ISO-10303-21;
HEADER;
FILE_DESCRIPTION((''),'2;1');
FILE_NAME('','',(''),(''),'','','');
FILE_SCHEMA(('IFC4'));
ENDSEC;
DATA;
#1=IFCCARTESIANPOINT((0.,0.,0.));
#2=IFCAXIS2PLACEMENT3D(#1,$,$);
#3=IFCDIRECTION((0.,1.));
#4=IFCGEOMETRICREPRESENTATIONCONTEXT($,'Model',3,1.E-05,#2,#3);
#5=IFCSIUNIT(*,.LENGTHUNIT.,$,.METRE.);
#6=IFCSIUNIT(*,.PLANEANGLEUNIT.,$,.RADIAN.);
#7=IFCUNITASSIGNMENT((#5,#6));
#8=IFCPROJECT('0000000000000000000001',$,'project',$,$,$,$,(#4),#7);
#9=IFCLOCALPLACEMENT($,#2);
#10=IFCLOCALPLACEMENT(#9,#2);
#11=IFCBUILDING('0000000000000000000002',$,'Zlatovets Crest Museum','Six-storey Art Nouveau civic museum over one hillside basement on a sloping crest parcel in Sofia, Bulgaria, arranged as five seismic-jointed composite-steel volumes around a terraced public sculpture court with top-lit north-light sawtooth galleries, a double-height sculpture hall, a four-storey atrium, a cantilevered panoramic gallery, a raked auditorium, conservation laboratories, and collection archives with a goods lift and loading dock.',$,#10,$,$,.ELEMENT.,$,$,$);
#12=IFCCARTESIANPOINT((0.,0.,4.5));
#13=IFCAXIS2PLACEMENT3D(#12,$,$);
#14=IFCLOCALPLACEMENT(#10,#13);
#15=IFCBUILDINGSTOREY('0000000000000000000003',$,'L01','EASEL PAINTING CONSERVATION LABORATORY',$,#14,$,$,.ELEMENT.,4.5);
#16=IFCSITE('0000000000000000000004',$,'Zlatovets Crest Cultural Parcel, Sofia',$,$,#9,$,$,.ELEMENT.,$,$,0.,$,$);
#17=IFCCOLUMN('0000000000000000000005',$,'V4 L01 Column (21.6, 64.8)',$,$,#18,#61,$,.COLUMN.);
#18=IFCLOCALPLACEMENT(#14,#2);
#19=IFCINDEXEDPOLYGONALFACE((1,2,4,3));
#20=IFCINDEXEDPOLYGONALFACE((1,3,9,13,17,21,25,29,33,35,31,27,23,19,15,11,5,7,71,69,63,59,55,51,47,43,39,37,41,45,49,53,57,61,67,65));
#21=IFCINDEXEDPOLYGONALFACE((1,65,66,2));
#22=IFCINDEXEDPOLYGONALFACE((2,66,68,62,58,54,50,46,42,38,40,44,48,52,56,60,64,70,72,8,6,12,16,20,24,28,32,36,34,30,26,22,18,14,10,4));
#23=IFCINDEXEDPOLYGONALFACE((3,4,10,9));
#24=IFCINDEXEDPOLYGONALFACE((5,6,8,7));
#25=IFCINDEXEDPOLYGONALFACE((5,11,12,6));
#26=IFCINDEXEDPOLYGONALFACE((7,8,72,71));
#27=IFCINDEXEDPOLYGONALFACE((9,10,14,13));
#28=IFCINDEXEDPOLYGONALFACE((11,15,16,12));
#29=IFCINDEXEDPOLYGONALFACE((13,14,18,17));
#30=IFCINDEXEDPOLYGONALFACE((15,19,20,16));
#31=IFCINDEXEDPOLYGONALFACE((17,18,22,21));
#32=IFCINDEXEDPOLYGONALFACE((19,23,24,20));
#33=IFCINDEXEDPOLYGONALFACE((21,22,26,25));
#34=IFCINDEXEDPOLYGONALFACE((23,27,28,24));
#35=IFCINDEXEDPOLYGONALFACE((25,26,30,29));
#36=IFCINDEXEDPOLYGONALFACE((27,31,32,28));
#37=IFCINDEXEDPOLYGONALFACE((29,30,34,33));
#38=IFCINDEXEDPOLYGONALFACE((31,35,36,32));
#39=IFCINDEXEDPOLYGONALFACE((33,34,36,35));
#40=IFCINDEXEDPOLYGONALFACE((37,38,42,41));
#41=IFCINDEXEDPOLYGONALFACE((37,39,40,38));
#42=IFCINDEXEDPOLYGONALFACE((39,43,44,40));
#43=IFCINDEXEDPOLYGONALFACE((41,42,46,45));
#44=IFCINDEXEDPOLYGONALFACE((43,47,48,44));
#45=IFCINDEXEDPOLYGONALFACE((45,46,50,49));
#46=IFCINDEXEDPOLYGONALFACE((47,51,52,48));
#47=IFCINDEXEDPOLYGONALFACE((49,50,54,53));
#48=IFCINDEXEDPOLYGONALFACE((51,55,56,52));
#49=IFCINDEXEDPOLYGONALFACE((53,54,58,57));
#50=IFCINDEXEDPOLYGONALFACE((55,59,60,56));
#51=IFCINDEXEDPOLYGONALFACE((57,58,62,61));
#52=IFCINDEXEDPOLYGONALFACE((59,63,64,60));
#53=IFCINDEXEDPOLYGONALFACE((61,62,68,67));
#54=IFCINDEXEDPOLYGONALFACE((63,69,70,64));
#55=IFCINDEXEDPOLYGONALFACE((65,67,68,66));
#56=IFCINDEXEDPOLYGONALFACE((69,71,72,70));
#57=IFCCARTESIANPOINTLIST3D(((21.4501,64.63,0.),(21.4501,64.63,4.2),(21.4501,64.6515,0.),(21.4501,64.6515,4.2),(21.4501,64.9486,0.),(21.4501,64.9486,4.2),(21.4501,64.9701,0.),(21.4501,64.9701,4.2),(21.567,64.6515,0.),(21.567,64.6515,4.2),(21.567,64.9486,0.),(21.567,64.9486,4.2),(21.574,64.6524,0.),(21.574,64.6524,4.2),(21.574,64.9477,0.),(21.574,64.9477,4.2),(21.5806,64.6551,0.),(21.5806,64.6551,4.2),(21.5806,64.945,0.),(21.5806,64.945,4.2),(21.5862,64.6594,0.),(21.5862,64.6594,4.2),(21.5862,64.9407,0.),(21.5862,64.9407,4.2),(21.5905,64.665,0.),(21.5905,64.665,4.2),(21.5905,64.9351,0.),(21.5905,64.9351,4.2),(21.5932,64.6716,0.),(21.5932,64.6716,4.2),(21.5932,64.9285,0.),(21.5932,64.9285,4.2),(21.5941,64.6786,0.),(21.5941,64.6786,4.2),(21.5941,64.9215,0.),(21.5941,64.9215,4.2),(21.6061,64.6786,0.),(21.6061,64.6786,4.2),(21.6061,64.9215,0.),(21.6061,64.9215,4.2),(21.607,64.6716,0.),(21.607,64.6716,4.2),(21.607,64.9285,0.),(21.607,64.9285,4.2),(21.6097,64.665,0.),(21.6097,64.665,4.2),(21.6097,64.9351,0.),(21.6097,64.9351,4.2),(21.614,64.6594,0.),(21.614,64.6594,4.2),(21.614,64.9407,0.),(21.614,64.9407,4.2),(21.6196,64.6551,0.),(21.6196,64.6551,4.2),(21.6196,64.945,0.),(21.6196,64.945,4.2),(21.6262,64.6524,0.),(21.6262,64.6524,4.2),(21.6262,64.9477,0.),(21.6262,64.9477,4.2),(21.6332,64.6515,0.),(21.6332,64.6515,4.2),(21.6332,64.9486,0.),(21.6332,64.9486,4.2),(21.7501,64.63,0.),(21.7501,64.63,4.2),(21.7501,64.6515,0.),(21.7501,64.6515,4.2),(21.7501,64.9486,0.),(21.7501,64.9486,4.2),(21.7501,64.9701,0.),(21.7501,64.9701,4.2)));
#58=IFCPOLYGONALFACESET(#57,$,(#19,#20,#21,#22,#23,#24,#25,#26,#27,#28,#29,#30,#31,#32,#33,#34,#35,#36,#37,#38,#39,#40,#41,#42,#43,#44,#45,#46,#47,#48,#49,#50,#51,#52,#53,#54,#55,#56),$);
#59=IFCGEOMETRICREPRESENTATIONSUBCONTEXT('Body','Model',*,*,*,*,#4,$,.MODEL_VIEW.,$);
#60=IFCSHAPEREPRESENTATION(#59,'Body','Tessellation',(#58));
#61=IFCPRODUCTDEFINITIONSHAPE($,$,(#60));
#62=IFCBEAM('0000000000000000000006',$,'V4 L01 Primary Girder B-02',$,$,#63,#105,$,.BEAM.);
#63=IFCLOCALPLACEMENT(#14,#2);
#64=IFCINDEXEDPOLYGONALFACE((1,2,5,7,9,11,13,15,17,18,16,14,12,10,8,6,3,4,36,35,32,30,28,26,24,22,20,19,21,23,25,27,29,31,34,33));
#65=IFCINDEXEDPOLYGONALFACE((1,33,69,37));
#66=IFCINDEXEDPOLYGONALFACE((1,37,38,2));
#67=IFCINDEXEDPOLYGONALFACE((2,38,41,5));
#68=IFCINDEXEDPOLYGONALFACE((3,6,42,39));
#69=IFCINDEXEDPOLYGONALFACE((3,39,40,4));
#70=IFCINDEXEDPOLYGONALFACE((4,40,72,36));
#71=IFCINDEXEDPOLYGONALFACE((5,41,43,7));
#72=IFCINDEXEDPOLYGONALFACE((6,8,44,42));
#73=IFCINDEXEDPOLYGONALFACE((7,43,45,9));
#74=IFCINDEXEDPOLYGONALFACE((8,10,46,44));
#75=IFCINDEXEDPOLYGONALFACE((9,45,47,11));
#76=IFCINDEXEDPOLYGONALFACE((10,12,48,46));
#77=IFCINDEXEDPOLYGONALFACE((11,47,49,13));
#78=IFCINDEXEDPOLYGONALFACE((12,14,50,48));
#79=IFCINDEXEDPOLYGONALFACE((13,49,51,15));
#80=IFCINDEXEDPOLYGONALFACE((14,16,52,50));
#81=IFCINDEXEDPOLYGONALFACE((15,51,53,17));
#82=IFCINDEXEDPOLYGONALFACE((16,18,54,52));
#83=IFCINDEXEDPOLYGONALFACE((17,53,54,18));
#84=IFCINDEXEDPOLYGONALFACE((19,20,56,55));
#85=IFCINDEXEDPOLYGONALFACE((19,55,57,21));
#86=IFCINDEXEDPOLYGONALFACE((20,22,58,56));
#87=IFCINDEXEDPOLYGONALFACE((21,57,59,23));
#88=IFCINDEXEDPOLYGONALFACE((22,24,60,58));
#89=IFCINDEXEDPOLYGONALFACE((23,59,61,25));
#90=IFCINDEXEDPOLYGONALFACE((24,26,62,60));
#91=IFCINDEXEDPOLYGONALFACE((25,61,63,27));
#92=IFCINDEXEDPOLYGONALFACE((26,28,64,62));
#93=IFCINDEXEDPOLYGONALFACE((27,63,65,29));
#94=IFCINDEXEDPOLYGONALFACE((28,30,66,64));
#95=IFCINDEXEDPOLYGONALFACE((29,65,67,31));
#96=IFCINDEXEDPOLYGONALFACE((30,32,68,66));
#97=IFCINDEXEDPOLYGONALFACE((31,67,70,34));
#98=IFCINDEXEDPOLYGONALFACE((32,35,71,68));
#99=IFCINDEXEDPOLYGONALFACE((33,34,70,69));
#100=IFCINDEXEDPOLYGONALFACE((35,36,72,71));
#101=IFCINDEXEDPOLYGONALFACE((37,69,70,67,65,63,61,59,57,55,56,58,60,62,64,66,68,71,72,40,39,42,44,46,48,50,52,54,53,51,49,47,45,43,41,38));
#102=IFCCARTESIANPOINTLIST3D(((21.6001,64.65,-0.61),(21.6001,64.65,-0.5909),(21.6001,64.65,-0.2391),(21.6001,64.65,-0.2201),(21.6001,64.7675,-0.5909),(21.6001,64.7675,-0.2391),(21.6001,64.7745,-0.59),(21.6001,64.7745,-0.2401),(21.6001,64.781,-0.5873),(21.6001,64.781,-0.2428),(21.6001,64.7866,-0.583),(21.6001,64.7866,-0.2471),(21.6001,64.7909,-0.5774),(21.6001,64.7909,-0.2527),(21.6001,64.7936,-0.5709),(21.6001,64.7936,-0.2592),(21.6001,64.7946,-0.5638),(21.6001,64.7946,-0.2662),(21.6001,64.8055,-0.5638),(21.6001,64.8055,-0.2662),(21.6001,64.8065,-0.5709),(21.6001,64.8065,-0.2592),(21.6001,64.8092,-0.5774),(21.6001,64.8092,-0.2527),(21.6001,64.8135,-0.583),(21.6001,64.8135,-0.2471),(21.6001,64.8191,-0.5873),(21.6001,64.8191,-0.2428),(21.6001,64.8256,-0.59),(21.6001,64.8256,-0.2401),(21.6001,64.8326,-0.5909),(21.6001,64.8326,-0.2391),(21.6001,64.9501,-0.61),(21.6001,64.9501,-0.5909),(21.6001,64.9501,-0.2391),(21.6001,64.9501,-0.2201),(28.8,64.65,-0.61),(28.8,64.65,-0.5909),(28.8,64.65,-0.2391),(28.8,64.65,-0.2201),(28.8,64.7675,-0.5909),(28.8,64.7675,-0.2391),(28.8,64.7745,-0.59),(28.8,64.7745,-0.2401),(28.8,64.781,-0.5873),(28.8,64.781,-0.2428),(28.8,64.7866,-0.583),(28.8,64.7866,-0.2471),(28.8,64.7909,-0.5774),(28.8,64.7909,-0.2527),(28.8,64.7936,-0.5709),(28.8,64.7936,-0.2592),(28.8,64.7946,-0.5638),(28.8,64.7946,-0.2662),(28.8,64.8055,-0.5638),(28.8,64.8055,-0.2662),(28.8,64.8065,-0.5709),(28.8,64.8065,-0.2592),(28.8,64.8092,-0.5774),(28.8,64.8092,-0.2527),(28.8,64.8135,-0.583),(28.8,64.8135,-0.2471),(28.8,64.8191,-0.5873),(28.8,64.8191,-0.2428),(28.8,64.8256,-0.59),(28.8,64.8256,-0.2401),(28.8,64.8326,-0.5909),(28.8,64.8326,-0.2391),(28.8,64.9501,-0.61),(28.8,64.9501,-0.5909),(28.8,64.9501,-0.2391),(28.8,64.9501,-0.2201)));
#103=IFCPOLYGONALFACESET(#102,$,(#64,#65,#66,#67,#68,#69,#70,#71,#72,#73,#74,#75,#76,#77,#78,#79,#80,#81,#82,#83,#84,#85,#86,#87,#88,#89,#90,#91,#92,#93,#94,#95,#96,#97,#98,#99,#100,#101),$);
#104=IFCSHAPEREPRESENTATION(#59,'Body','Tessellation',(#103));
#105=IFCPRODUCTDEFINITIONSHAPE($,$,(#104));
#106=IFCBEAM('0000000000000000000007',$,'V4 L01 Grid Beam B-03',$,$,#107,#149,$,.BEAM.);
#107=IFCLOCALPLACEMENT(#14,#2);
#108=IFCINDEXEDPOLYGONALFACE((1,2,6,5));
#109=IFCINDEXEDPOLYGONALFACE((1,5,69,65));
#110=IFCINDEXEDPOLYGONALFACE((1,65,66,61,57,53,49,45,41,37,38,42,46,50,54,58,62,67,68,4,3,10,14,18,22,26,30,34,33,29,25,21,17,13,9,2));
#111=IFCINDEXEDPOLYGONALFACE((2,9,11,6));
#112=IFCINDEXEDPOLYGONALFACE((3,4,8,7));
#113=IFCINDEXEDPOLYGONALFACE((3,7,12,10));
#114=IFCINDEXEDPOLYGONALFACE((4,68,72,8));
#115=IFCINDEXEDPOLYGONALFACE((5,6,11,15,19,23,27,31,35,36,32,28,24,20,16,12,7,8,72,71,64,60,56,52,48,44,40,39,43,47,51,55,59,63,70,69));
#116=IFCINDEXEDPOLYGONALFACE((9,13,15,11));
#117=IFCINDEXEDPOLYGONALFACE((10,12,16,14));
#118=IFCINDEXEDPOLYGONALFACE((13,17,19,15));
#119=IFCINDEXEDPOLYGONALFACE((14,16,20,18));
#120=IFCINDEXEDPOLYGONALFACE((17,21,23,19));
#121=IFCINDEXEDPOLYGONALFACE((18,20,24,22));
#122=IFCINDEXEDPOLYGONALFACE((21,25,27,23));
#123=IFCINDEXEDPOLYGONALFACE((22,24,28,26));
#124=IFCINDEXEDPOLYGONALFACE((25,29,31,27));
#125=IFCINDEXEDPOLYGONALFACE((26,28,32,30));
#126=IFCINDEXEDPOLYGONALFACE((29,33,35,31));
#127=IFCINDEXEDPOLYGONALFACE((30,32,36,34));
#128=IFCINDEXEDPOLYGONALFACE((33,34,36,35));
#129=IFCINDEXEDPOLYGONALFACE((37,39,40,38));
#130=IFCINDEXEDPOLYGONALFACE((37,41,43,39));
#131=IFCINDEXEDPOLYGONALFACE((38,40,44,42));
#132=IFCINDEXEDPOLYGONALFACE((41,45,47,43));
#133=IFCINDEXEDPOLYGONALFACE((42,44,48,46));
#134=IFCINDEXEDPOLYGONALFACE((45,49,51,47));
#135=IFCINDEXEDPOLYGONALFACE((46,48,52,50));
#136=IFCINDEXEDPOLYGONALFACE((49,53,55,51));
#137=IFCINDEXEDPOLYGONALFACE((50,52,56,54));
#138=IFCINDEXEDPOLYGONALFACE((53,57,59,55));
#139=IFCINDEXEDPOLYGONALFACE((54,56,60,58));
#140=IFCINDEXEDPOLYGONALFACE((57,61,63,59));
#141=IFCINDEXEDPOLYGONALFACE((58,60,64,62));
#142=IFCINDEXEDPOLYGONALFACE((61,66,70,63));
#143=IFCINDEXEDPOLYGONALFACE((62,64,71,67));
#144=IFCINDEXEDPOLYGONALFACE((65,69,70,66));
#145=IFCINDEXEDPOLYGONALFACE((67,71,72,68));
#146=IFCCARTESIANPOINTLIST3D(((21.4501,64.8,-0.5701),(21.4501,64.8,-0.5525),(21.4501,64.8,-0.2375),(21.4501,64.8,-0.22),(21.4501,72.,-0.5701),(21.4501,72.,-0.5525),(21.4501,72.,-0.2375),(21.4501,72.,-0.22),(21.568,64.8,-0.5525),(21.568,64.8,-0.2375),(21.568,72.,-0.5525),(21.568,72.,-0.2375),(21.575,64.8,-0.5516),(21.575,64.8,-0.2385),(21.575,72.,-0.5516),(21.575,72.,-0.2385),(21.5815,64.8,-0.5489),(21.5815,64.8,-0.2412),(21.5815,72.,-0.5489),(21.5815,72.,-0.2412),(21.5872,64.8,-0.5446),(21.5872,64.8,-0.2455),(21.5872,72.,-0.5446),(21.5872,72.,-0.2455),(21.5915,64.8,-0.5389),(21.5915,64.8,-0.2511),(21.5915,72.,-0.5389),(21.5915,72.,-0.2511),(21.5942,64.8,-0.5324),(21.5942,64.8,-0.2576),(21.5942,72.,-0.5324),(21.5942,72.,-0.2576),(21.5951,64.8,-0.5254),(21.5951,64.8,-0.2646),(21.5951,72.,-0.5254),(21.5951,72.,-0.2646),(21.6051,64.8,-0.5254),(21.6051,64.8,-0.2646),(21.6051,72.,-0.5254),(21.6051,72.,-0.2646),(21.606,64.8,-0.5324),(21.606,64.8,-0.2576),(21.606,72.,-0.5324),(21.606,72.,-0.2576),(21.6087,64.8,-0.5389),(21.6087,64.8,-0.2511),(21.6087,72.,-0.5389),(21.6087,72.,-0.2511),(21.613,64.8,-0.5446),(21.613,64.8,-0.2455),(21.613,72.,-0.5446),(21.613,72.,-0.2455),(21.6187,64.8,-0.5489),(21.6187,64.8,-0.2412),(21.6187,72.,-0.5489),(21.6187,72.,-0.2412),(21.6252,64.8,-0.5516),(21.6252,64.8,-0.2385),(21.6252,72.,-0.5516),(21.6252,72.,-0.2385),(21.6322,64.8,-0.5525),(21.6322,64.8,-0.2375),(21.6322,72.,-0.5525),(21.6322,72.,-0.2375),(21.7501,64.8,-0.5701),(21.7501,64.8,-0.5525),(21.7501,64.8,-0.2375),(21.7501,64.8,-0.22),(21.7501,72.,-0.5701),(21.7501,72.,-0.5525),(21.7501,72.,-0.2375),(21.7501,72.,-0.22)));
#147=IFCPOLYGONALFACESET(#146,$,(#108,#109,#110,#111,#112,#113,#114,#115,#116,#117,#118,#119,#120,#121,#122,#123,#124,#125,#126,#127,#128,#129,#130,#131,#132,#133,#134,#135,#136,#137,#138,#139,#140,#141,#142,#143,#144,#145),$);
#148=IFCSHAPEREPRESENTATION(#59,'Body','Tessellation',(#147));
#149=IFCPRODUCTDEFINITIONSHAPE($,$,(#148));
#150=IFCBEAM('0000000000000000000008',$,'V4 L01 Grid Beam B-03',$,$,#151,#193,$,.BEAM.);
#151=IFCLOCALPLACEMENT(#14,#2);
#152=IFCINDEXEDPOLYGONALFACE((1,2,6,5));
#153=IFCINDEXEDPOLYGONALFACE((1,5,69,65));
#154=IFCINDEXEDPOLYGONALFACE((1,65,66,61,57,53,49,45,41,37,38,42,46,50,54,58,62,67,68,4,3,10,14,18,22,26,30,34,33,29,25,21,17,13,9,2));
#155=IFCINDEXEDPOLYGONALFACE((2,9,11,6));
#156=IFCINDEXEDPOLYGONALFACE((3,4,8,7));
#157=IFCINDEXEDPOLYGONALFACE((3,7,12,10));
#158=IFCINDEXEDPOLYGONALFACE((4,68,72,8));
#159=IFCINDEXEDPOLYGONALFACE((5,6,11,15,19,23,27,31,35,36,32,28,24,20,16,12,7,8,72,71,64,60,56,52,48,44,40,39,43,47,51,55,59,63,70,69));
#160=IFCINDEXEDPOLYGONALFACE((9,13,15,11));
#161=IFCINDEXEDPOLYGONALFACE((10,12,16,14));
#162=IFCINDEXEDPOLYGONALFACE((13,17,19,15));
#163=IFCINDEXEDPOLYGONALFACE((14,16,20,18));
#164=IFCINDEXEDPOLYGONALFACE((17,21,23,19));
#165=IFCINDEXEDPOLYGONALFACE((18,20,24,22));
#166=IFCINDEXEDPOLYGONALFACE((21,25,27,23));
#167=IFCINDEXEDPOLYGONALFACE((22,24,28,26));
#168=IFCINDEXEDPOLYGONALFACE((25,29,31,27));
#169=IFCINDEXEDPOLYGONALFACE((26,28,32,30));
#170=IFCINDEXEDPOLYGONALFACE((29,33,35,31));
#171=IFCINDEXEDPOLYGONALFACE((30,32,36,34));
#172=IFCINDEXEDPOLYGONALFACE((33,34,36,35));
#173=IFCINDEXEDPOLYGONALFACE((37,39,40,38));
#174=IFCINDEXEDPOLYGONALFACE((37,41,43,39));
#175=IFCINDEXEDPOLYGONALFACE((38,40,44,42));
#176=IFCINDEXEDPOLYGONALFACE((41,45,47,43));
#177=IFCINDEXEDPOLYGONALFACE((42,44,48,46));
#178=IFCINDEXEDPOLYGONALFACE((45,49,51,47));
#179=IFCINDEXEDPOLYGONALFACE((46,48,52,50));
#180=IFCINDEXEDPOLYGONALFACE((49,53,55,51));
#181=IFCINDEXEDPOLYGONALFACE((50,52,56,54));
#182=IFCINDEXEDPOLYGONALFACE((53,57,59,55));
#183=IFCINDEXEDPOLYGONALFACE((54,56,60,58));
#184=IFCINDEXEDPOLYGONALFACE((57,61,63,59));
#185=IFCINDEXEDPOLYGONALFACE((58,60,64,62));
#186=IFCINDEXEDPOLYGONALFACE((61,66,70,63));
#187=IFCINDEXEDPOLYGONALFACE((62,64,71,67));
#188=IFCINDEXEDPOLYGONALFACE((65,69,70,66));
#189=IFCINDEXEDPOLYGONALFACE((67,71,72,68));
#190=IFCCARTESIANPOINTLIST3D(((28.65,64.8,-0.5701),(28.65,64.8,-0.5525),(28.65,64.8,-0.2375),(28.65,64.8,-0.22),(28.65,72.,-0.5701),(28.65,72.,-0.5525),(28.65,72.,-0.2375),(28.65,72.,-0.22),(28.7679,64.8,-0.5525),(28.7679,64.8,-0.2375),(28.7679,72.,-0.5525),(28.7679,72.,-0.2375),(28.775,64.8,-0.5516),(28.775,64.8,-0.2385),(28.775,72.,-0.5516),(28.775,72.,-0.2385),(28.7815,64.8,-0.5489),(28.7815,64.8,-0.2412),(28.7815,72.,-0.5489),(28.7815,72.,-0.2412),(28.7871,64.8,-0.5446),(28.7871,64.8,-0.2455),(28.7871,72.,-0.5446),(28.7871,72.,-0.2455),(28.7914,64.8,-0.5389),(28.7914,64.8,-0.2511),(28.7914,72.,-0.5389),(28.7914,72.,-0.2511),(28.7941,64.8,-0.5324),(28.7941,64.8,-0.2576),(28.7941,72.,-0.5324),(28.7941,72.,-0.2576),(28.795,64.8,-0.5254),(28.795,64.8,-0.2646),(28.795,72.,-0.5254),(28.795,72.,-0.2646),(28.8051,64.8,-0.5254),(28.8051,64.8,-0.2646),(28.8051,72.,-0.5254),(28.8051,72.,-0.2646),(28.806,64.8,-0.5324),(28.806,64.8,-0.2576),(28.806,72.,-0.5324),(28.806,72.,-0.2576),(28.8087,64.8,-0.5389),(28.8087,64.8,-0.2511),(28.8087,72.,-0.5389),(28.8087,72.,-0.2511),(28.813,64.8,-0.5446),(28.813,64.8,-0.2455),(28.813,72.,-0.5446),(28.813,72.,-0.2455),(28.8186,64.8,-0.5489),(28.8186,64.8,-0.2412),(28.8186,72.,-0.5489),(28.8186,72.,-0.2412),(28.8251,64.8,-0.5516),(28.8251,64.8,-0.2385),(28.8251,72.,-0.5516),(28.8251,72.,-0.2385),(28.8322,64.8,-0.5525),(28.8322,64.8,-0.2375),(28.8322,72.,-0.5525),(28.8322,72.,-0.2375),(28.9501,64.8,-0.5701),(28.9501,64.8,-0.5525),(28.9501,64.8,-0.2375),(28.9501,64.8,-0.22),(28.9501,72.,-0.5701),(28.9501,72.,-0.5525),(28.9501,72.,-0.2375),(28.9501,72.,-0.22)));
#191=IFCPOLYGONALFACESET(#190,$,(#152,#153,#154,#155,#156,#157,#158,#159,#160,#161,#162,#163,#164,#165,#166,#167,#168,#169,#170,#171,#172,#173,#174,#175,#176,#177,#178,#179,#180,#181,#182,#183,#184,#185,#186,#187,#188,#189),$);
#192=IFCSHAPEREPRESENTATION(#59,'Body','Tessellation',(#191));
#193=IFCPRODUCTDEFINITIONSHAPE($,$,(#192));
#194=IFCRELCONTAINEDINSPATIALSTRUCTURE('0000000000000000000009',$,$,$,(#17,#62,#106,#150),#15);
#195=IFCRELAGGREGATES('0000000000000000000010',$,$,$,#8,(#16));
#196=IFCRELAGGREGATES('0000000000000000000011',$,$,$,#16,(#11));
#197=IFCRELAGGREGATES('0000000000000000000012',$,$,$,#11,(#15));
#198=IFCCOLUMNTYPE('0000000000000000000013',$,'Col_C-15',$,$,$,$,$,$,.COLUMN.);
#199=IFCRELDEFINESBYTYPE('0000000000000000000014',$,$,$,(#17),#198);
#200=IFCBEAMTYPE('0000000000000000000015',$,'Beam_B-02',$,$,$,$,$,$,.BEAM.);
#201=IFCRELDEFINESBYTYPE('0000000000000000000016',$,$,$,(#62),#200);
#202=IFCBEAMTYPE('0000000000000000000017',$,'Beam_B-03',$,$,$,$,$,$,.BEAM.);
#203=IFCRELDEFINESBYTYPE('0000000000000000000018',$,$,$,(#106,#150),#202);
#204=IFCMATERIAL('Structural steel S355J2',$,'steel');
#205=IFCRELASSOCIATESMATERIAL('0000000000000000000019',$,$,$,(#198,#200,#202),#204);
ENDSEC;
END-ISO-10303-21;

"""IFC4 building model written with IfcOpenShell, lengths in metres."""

from ifc_helpers import new_model, si_unit, direction, frame, origin, origin_2d, place, context, subcontext, project, spatial, i_section, extrude, material, material_profile, profile_set, type_object, element, save


model = new_model("IFC4")

# Units and contexts
model_context = context("Model", 3, precision=1e-05, world=origin(), true_north=direction((0.0, 1.0)))
body_context = subcontext(model_context, "Body", "Model", "MODEL_VIEW")
ifc_project = project(units=[si_unit("LENGTHUNIT", "METRE"), si_unit("PLANEANGLEUNIT", "RADIAN")], contexts=[model_context])

# Site, building, storey
site_placement = place(None, origin())
site = spatial("IfcSite", under=ifc_project, at=site_placement, Name="Zlatovets Crest Cultural Parcel, Sofia", CompositionType="ELEMENT", RefElevation=0.0)
building_placement = place(site_placement, origin())
building = spatial("IfcBuilding", under=site, at=building_placement, Name="Zlatovets Crest Museum", Description="Six-storey Art Nouveau civic museum over one hillside basement on a sloping crest parcel in Sofia, Bulgaria, arranged as five seismic-jointed composite-steel volumes around a terraced public sculpture court with top-lit north-light sawtooth galleries, a double-height sculpture hall, a four-storey atrium, a cantilevered panoramic gallery, a raked auditorium, conservation laboratories, and collection archives with a goods lift and loading dock.", CompositionType="ELEMENT")
storey_placement = place(building_placement, frame((0.0, 0.0, 4.5)))
storey = spatial("IfcBuildingStorey", under=building, at=storey_placement, Name="L01", Description="EASEL PAINTING CONSERVATION LABORATORY", CompositionType="ELEMENT", Elevation=4.5)

# Column
ifc_material_1 = material(Name="Structural steel S355J2", Category="steel")
ifc_material_profile_1 = material_profile(ifc_material_1, i_section(OverallWidth=0.3, OverallDepth=0.3401, WebThickness=0.012, FlangeThickness=0.0215, FilletRadius=0.0271, at=origin_2d()), Name="HEB 340")
ifc_profile_set_1 = profile_set([ifc_material_profile_1], Name="Structural steel S355J2")
column_type = type_object("IfcColumnType", Name="Col_C-15", PredefinedType="COLUMN", material=ifc_profile_set_1)
column_placement = place(storey_placement, frame((21.6001, 64.8, 0.0), z_axis=(0.0, 0.0, 1.0), x_axis=(1.0, 0.0, 0.0)))
element("IfcColumn", 1, at=column_placement, inside=storey, type_object=column_type, Name="V4 L01 Column (21.6, 64.8)", PredefinedType="COLUMN", context=body_context, shape_type="SweptSolid", body=[
    extrude(i_section(OverallWidth=0.3, OverallDepth=0.3401, WebThickness=0.012, FlangeThickness=0.0215, FilletRadius=0.0271, at=origin_2d()), origin(), (0.0, 0.0, 1.0), 4.2),
])

# Beams
ifc_material_profile_2 = material_profile(ifc_material_1, i_section(OverallWidth=0.3, OverallDepth=0.3899, WebThickness=0.011, FlangeThickness=0.019, FilletRadius=0.0271, at=origin_2d()), Name="HEA 400")
ifc_profile_set_2 = profile_set([ifc_material_profile_2], Name="Structural steel S355J2")
beam_type_1 = type_object("IfcBeamType", Name="Beam_B-02", PredefinedType="BEAM", material=ifc_profile_set_2)
beam_1_placement = place(storey_placement, frame((21.6001, 64.8, -0.415), z_axis=(1.0, 0.0, 0.0), x_axis=(0.0, 1.0, 0.0)))
element("IfcBeam", 2, at=beam_1_placement, inside=storey, type_object=beam_type_1, Name="V4 L01 Primary Girder B-02", PredefinedType="BEAM", context=body_context, shape_type="SweptSolid", body=[
    extrude(i_section(OverallWidth=0.3, OverallDepth=0.3899, WebThickness=0.011, FlangeThickness=0.019, FilletRadius=0.0271, at=origin_2d()), origin(), (0.0, 0.0, 1.0), 7.2),
])
ifc_material_profile_3 = material_profile(ifc_material_1, i_section(OverallWidth=0.3, OverallDepth=0.3501, WebThickness=0.01, FlangeThickness=0.0176, FilletRadius=0.0271, at=origin_2d()), Name="HEA 360")
ifc_profile_set_3 = profile_set([ifc_material_profile_3], Name="Structural steel S355J2")
beam_type_2 = type_object("IfcBeamType", Name="Beam_B-03", PredefinedType="BEAM", material=ifc_profile_set_3)
for number, where, z_axis, x_axis, name in (
    (3, (21.6001, 64.8, -0.395), (0.0, 1.0, 0.0), (-1.0, 0.0, 0.0), "V4 L01 Grid Beam B-03"),
    (4, (28.8, 64.8, -0.395), (0.0, 1.0, 0.0), (-1.0, 0.0, 0.0), "V4 L01 Grid Beam B-03"),
):
    element("IfcBeam", number, at=place(storey_placement, frame(where, z_axis=z_axis, x_axis=x_axis)), inside=storey, type_object=beam_type_2, Name=name, PredefinedType="BEAM", context=body_context, shape_type="SweptSolid", body=[
        extrude(i_section(OverallWidth=0.3, OverallDepth=0.3501, WebThickness=0.01, FlangeThickness=0.0176, FilletRadius=0.0271, at=origin_2d()), origin(), (0.0, 0.0, 1.0), 7.2),
    ])

save(model, "model.ifc")
